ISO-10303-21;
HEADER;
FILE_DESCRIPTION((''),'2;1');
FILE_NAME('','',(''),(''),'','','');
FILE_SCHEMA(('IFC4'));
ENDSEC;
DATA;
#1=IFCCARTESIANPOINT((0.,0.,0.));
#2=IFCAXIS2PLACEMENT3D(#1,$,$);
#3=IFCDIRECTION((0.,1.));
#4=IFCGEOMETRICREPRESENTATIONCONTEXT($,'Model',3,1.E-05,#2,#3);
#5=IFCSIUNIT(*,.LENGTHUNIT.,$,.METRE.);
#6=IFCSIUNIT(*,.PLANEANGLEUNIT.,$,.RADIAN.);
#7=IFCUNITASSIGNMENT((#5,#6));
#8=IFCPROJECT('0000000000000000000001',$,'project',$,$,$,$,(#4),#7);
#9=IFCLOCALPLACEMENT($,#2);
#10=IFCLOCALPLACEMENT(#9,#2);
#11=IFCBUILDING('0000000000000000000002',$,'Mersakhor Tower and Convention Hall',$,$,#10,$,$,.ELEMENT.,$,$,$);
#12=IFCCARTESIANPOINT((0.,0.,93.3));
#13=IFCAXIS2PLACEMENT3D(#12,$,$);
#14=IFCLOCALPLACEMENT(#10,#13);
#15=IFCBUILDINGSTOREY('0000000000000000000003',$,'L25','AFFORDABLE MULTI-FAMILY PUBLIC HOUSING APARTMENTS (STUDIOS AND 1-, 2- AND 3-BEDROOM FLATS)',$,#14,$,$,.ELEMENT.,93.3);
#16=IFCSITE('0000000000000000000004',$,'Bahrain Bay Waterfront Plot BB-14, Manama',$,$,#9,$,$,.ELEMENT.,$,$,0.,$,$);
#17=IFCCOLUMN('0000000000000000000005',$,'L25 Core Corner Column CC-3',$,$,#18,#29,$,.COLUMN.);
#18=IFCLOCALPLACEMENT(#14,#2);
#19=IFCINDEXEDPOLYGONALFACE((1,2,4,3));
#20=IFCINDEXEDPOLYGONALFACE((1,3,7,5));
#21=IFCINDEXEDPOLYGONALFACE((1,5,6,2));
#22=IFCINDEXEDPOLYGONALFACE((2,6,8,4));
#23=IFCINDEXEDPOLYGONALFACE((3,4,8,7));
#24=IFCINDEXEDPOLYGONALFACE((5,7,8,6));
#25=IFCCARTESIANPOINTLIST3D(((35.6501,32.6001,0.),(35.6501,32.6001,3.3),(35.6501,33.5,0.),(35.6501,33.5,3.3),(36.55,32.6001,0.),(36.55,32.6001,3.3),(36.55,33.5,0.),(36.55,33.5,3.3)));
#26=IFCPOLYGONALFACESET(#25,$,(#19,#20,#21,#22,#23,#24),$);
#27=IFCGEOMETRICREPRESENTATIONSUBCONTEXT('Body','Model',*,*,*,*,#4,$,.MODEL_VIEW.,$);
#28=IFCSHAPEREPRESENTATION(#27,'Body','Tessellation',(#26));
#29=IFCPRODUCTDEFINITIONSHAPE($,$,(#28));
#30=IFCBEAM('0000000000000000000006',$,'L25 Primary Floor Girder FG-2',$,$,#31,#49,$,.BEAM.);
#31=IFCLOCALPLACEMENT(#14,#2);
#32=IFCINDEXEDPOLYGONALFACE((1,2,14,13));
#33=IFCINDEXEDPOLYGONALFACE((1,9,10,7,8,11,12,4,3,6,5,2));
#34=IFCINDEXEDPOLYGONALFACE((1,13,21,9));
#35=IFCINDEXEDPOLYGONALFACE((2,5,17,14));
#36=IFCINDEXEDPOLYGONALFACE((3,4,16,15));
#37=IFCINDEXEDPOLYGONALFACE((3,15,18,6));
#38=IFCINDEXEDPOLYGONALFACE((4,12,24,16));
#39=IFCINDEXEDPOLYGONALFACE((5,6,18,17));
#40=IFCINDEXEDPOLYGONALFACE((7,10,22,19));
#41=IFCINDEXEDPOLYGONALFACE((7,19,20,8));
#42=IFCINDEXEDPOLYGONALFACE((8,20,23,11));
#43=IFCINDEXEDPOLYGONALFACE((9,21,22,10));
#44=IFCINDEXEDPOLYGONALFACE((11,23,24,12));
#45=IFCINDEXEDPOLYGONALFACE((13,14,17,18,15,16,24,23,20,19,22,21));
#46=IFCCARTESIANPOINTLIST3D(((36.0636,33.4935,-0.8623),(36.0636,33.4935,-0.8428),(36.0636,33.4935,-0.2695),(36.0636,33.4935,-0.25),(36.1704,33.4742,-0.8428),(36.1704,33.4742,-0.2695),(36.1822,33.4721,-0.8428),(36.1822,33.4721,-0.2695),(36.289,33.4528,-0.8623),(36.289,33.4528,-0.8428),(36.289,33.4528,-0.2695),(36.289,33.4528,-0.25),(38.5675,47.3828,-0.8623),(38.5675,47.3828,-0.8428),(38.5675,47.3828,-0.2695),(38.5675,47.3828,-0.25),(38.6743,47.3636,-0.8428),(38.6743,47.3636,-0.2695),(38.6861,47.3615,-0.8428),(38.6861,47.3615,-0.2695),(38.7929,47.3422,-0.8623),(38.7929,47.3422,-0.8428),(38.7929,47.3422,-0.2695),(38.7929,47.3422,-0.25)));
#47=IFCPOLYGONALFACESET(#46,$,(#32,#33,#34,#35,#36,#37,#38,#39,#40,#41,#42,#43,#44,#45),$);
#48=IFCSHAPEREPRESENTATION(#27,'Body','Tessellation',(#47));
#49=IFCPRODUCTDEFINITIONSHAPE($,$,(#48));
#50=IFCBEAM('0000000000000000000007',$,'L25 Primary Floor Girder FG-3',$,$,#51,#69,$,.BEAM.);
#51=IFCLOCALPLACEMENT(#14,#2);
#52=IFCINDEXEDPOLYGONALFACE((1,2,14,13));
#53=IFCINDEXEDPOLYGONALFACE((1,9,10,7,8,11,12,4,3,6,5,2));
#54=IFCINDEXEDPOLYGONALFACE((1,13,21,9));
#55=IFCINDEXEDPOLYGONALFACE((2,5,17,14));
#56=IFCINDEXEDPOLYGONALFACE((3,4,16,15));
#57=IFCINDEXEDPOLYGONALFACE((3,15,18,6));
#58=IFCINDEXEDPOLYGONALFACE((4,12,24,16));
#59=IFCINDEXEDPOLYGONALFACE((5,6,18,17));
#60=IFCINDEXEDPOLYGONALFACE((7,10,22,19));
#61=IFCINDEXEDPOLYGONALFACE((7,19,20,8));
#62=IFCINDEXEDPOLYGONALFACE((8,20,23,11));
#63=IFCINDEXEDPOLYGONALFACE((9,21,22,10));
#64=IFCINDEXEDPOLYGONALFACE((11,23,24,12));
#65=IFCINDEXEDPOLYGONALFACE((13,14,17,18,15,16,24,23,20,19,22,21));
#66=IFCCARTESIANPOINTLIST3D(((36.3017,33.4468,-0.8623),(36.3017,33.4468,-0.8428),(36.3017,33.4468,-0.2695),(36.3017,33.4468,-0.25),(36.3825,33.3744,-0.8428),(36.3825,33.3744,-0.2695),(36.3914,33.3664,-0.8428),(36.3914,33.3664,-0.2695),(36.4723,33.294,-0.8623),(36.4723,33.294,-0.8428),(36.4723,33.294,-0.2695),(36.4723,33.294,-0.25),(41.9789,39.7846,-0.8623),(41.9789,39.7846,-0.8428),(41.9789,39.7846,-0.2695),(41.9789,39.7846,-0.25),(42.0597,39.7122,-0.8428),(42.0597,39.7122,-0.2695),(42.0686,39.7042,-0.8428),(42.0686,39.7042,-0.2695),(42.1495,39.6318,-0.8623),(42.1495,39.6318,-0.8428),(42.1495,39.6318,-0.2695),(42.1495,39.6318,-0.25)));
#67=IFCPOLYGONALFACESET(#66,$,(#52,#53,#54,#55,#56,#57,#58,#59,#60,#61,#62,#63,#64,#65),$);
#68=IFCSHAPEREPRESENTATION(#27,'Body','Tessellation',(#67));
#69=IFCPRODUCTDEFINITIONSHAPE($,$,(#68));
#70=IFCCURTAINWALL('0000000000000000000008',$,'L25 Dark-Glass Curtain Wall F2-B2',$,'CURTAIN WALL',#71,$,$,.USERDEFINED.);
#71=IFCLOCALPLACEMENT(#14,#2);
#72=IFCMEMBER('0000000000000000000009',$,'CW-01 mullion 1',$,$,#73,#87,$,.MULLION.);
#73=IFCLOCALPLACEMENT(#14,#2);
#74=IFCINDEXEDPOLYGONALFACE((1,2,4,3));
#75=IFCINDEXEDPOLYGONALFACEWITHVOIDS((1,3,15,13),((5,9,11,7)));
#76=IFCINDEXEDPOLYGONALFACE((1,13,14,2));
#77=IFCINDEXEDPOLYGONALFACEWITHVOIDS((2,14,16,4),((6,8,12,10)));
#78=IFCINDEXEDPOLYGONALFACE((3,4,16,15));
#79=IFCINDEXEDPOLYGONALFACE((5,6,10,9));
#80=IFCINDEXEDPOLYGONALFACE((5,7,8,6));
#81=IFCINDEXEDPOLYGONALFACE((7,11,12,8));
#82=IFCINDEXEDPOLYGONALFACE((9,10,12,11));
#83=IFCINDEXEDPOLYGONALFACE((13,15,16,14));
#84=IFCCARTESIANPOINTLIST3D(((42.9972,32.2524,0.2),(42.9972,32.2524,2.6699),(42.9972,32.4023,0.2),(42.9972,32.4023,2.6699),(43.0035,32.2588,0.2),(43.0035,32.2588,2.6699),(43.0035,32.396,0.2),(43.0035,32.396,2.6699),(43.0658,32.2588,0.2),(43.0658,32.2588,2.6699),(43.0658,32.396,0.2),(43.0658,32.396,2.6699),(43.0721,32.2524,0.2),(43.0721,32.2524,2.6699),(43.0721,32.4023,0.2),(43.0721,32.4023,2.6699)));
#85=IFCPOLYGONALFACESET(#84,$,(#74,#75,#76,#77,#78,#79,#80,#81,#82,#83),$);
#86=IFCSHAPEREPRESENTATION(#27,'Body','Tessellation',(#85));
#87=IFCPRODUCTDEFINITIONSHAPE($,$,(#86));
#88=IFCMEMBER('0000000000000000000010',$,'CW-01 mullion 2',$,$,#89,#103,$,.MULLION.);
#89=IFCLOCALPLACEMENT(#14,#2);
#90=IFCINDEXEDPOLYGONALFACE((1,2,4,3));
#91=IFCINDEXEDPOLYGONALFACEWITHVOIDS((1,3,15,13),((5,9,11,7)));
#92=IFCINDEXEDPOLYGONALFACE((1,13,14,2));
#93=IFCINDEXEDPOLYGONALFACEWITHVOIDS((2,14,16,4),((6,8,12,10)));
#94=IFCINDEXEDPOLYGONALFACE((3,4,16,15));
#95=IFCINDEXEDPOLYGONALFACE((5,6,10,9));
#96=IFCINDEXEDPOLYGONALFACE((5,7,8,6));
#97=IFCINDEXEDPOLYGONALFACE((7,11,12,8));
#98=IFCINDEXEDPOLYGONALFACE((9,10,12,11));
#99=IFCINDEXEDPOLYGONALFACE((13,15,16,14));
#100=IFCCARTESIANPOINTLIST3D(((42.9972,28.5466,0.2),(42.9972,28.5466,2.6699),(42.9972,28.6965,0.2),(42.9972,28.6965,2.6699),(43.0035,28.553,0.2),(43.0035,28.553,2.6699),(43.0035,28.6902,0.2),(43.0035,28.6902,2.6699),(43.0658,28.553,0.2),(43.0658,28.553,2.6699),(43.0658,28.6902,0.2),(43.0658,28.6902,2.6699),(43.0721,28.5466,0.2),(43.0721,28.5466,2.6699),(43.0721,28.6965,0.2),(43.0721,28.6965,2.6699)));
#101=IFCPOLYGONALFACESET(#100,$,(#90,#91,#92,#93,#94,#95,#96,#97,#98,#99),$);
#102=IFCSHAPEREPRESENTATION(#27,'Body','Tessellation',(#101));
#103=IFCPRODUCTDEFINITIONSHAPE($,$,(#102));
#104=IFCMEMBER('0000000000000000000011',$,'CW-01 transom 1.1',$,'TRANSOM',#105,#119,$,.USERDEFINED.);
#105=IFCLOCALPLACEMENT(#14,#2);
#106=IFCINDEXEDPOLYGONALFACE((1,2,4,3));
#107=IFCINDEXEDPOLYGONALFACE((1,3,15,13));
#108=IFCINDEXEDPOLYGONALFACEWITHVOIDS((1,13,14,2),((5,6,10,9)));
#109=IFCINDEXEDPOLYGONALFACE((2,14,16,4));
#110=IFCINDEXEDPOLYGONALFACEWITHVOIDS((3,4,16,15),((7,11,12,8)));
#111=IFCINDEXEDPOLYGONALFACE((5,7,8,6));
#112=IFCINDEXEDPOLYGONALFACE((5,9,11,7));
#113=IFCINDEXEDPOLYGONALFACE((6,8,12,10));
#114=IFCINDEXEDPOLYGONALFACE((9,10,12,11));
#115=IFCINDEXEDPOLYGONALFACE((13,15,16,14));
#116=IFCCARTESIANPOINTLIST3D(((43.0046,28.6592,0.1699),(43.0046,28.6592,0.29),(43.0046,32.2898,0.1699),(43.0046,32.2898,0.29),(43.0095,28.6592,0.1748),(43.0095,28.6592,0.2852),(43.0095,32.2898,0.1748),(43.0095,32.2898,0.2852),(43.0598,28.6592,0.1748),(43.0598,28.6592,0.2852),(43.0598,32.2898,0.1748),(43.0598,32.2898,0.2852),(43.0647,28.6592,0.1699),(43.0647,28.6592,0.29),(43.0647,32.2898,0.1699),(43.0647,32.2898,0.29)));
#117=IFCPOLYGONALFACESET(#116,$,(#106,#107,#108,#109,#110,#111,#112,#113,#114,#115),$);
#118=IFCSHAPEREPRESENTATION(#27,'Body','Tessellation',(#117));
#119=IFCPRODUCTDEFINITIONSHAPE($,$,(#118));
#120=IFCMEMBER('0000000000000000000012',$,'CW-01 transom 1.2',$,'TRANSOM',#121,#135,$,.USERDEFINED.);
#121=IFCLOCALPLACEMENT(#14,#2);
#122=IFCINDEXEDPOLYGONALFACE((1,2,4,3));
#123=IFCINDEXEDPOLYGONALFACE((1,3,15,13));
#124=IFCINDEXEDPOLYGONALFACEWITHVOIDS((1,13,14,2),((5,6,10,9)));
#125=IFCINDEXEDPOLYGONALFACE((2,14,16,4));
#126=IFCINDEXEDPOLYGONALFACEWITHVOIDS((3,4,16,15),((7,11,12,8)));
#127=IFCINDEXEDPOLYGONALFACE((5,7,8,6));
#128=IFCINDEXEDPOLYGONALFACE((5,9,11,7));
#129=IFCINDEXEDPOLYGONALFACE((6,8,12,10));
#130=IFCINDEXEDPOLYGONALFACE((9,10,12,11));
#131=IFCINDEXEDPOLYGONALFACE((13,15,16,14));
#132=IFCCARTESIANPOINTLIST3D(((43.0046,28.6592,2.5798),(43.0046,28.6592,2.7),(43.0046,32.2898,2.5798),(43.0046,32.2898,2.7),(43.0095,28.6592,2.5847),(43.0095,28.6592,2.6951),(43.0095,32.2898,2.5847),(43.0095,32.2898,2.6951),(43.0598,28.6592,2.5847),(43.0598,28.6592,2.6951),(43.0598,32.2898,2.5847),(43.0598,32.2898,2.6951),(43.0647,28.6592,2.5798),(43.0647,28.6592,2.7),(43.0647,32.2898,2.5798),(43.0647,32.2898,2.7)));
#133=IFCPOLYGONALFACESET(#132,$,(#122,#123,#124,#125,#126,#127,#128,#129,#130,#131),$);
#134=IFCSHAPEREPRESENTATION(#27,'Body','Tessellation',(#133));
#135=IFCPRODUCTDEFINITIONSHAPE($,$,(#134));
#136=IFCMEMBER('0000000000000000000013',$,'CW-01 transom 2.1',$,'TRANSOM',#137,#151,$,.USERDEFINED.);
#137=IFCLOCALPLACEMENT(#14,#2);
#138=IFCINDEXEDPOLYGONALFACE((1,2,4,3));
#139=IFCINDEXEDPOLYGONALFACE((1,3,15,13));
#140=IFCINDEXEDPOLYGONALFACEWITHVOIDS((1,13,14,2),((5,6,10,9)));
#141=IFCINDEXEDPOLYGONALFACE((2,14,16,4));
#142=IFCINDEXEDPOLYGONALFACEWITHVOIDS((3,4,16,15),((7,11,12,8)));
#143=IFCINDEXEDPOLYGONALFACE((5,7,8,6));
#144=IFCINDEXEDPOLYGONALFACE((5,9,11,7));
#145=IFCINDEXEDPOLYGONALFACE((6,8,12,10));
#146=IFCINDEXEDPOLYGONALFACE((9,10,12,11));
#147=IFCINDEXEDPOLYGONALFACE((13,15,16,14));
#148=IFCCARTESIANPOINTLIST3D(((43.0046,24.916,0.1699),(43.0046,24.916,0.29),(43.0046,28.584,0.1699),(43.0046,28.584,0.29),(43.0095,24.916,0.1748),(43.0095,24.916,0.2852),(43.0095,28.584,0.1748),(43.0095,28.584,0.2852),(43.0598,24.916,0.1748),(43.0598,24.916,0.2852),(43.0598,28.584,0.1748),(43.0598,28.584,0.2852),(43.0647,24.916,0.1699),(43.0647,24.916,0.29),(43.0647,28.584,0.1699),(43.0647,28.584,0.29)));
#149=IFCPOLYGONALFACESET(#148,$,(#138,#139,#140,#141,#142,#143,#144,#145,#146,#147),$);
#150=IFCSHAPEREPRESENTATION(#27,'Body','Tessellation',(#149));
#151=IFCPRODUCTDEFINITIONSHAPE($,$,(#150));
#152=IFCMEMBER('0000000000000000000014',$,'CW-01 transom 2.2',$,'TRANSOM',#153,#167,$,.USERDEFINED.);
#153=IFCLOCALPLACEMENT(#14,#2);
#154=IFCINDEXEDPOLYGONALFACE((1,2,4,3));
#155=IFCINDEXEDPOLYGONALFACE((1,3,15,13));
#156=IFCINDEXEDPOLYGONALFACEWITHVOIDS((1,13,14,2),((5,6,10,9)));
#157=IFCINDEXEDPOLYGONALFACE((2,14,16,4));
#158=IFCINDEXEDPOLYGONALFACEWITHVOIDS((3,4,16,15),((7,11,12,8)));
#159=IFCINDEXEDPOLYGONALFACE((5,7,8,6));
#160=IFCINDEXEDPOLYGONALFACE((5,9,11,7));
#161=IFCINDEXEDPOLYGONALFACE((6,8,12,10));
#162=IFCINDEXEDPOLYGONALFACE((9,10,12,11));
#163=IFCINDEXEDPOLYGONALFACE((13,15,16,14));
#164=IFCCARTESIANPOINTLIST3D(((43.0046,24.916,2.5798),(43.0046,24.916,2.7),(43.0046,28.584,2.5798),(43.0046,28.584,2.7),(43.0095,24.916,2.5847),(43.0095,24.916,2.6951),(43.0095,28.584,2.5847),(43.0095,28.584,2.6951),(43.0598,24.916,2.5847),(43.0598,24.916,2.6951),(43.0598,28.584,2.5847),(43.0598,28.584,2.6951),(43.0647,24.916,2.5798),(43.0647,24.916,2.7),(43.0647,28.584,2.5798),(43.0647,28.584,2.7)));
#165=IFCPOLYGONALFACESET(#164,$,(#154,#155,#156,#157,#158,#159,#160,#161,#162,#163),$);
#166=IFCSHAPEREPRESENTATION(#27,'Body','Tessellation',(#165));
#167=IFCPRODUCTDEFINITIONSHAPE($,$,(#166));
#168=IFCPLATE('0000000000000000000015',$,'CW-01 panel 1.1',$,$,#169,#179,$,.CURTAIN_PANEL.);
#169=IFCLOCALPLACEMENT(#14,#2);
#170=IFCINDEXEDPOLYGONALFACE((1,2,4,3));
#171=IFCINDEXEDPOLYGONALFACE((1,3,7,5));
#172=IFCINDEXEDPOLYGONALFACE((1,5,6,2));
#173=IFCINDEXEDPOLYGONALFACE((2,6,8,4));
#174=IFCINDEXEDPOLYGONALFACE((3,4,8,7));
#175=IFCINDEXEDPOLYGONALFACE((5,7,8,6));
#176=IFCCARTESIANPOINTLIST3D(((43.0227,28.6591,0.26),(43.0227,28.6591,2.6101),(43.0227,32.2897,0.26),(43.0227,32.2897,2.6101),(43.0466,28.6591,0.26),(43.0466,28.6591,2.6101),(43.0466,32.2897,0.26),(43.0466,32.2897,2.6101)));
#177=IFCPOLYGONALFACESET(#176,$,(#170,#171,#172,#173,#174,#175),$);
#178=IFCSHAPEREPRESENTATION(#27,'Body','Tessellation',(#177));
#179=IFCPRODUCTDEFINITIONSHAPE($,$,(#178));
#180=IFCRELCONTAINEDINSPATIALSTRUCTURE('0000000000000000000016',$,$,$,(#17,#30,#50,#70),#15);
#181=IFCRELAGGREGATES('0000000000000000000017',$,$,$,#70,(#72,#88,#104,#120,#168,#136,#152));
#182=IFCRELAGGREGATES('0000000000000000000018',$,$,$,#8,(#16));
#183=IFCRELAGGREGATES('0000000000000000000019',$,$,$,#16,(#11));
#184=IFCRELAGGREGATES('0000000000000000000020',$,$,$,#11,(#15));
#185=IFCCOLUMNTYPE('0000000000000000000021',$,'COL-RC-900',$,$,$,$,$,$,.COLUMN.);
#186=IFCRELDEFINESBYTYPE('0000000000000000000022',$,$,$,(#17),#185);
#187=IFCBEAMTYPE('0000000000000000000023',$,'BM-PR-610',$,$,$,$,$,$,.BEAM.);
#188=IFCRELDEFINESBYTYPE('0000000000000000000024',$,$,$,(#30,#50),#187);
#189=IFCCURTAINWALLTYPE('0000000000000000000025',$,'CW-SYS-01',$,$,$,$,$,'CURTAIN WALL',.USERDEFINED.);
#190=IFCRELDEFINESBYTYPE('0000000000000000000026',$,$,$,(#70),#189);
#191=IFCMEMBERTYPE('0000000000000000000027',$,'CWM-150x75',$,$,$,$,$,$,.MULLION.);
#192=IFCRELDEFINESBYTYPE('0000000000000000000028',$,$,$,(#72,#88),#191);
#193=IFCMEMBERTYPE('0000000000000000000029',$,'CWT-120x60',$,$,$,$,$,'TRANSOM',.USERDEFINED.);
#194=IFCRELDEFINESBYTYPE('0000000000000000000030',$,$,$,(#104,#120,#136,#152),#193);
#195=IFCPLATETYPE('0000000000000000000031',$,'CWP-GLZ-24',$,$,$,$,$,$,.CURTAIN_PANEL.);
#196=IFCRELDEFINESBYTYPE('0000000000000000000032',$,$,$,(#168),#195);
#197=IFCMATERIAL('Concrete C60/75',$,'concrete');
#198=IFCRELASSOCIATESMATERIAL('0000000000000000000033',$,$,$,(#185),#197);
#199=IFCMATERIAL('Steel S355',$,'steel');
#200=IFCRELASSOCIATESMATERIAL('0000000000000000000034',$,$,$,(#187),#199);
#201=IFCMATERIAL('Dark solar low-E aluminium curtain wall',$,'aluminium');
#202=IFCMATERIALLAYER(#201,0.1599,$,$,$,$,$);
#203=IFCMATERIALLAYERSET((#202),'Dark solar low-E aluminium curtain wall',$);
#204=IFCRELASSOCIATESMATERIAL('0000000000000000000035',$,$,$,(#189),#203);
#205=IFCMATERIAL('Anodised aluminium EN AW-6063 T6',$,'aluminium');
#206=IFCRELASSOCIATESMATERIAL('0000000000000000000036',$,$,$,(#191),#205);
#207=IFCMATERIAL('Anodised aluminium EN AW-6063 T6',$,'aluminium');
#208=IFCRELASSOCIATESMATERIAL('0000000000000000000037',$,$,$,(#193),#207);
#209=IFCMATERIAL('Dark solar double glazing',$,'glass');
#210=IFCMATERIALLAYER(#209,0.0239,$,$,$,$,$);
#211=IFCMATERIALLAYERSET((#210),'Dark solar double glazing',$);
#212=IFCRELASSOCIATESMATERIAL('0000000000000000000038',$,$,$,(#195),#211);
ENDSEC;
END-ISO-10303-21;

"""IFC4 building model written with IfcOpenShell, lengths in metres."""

from ifc_helpers import new_model, si_unit, direction, frame, origin, origin_2d, place, context, subcontext, project, spatial, rectangle, hollow_rectangle, i_section, extrude, material, layer, layer_set, material_profile, profile_set, type_object, element, aggregate, save


model = new_model("IFC4")

# Units and contexts
model_context = context("Model", 3, precision=1e-05, world=origin(), true_north=direction((0.0, 1.0)))
body_context = subcontext(model_context, "Body", "Model", "MODEL_VIEW")
ifc_project = project(units=[si_unit("LENGTHUNIT", "METRE"), si_unit("PLANEANGLEUNIT", "RADIAN")], contexts=[model_context])

# Site, building, storey
site_placement = place(None, origin())
site = spatial("IfcSite", under=ifc_project, at=site_placement, Name="Bahrain Bay Waterfront Plot BB-14, Manama", CompositionType="ELEMENT", RefElevation=0.0)
building_placement = place(site_placement, origin())
building = spatial("IfcBuilding", under=site, at=building_placement, Name="Mersakhor Tower and Convention Hall", CompositionType="ELEMENT")
storey_placement = place(building_placement, frame((0.0, 0.0, 93.3)))
storey = spatial("IfcBuildingStorey", under=building, at=storey_placement, Name="L25", Description="AFFORDABLE MULTI-FAMILY PUBLIC HOUSING APARTMENTS (STUDIOS AND 1-, 2- AND 3-BEDROOM FLATS)", CompositionType="ELEMENT", Elevation=93.3)

# Column
ifc_material_1 = material(Name="Concrete C60/75", Category="concrete")
ifc_material_profile_1 = material_profile(ifc_material_1, rectangle(XDim=0.8999, YDim=0.8999, at=origin_2d()), Name="RC 900x900")
ifc_profile_set_1 = profile_set([ifc_material_profile_1], Name="Concrete C60/75")
column_type = type_object("IfcColumnType", Name="COL-RC-900", PredefinedType="COLUMN", material=ifc_profile_set_1)
column_placement = place(storey_placement, frame((36.1001, 33.05, 0.0), z_axis=(0.0, 0.0, 1.0), x_axis=(1.0, 0.0, 0.0)))
element("IfcColumn", 1, at=column_placement, inside=storey, type_object=column_type, Name="L25 Core Corner Column CC-3", PredefinedType="COLUMN", context=body_context, shape_type="SweptSolid", body=[
    extrude(rectangle(XDim=0.8999, YDim=0.8999, at=origin_2d()), origin(), (0.0, 0.0, 1.0), 3.3),
])

# Beams
ifc_material_2 = material(Name="Steel S355", Category="steel")
ifc_material_profile_2 = material_profile(ifc_material_2, i_section(OverallWidth=0.229, OverallDepth=0.6123, WebThickness=0.012, FlangeThickness=0.0195, at=origin_2d()), Name="UB 610x229x125")
ifc_profile_set_2 = profile_set([ifc_material_profile_2], Name="Steel S355")
beam_type = type_object("IfcBeamType", Name="BM-PR-610", PredefinedType="BEAM", material=ifc_profile_set_2)
beam_1_placement = place(storey_placement, frame((36.1763, 33.4731, -0.5562), z_axis=(0.177415, 0.984136, 0.0), x_axis=(-0.984136, 0.177415, 0.0)))
element("IfcBeam", 2, at=beam_1_placement, inside=storey, type_object=beam_type, Name="L25 Primary Floor Girder FG-2", PredefinedType="BEAM", context=body_context, shape_type="SweptSolid", body=[
    extrude(i_section(OverallWidth=0.229, OverallDepth=0.6123, WebThickness=0.012, FlangeThickness=0.0195, at=origin_2d()), origin(), (0.0, 0.0, 1.0), 14.1133),
])
beam_2_placement = place(storey_placement, frame((36.387, 33.3704, -0.5562), z_axis=(0.667219, 0.744861, 0.0), x_axis=(-0.744861, 0.667219, 0.0)))
element("IfcBeam", 3, at=beam_2_placement, inside=storey, type_object=beam_type, Name="L25 Primary Floor Girder FG-3", PredefinedType="BEAM", context=body_context, shape_type="SweptSolid", body=[
    extrude(i_section(OverallWidth=0.229, OverallDepth=0.6123, WebThickness=0.012, FlangeThickness=0.0195, at=origin_2d()), origin(), (0.0, 0.0, 1.0), 8.5088),
])

# Curtain wall, members, plate
ifc_material_3 = material(Name="Dark solar low-E aluminium curtain wall", Category="aluminium")
ifc_layer_1 = layer(ifc_material_3, 0.1599)
ifc_layer_set_1 = layer_set([ifc_layer_1], Name="Dark solar low-E aluminium curtain wall")
curtain_wall_type = type_object("IfcCurtainWallType", Name="CW-SYS-01", ElementType="CURTAIN WALL", PredefinedType="USERDEFINED", material=ifc_layer_set_1)
curtain_wall_placement = place(storey_placement, origin())
curtain_wall = element("IfcCurtainWall", 4, at=curtain_wall_placement, inside=storey, type_object=curtain_wall_type, Name="L25 Dark-Glass Curtain Wall F2-B2", ObjectType="CURTAIN WALL", PredefinedType="USERDEFINED")
ifc_material_4 = material(Name="Anodised aluminium EN AW-6063 T6", Category="aluminium")
ifc_material_profile_3 = material_profile(ifc_material_4, hollow_rectangle(XDim=0.075, YDim=0.1499, WallThickness=0.0063, at=origin_2d()), Name="RHS 150x75x6.3")
ifc_profile_set_3 = profile_set([ifc_material_profile_3], Name="Anodised aluminium EN AW-6063 T6")
member_type_1 = type_object("IfcMemberType", Name="CWM-150x75", PredefinedType="MULLION", material=ifc_profile_set_3)
member_1_placement = place(storey_placement, frame((43.0347, 32.3274, 0.2), z_axis=(0.0, 0.0, 1.0), x_axis=(1.0, 0.0, 0.0)))
member_1 = element("IfcMember", 5, at=member_1_placement, type_object=member_type_1, Name="CW-01 mullion 1", PredefinedType="MULLION", context=body_context, shape_type="SweptSolid", body=[
    extrude(hollow_rectangle(XDim=0.075, YDim=0.1499, WallThickness=0.0063, at=origin_2d()), origin(), (0.0, 0.0, 1.0), 2.47),
])
member_2_placement = place(storey_placement, frame((43.0347, 28.6216, 0.2), z_axis=(0.0, 0.0, 1.0), x_axis=(1.0, 0.0, 0.0)))
member_2 = element("IfcMember", 6, at=member_2_placement, type_object=member_type_1, Name="CW-01 mullion 2", PredefinedType="MULLION", context=body_context, shape_type="SweptSolid", body=[
    extrude(hollow_rectangle(XDim=0.075, YDim=0.1499, WallThickness=0.0063, at=origin_2d()), origin(), (0.0, 0.0, 1.0), 2.47),
])
ifc_material_5 = material(Name="Anodised aluminium EN AW-6063 T6", Category="aluminium")
ifc_material_profile_4 = material_profile(ifc_material_5, hollow_rectangle(XDim=0.0601, YDim=0.1201, WallThickness=0.0049, at=origin_2d()), Name="RHS 120x60x5")
ifc_profile_set_4 = profile_set([ifc_material_profile_4], Name="Anodised aluminium EN AW-6063 T6")
member_type_2 = type_object("IfcMemberType", Name="CWT-120x60", ElementType="TRANSOM", PredefinedType="USERDEFINED", material=ifc_profile_set_4)
member_3_placement = place(storey_placement, frame((43.0347, 32.2898, 0.23), z_axis=(0.0, -1.0, 0.0), x_axis=(1.0, 0.0, 0.0)))
member_3 = element("IfcMember", 7, at=member_3_placement, type_object=member_type_2, Name="CW-01 transom 1.1", ObjectType="TRANSOM", PredefinedType="USERDEFINED", context=body_context, shape_type="SweptSolid", body=[
    extrude(hollow_rectangle(XDim=0.0601, YDim=0.1201, WallThickness=0.0049, at=origin_2d()), origin(), (0.0, 0.0, 1.0), 3.6306),
])
member_4_placement = place(storey_placement, frame((43.0347, 32.2898, 2.6399), z_axis=(0.0, -1.0, 0.0), x_axis=(1.0, 0.0, 0.0)))
member_4 = element("IfcMember", 8, at=member_4_placement, type_object=member_type_2, Name="CW-01 transom 1.2", ObjectType="TRANSOM", PredefinedType="USERDEFINED", context=body_context, shape_type="SweptSolid", body=[
    extrude(hollow_rectangle(XDim=0.0601, YDim=0.1201, WallThickness=0.0049, at=origin_2d()), origin(), (0.0, 0.0, 1.0), 3.6306),
])
member_5_placement = place(storey_placement, frame((43.0347, 28.584, 0.23), z_axis=(0.0, -1.0, 0.0), x_axis=(1.0, 0.0, 0.0)))
member_5 = element("IfcMember", 9, at=member_5_placement, type_object=member_type_2, Name="CW-01 transom 2.1", ObjectType="TRANSOM", PredefinedType="USERDEFINED", context=body_context, shape_type="SweptSolid", body=[
    extrude(hollow_rectangle(XDim=0.0601, YDim=0.1201, WallThickness=0.0049, at=origin_2d()), origin(), (0.0, 0.0, 1.0), 3.668),
])
member_6_placement = place(storey_placement, frame((43.0347, 28.584, 2.6399), z_axis=(0.0, -1.0, 0.0), x_axis=(1.0, 0.0, 0.0)))
member_6 = element("IfcMember", 10, at=member_6_placement, type_object=member_type_2, Name="CW-01 transom 2.2", ObjectType="TRANSOM", PredefinedType="USERDEFINED", context=body_context, shape_type="SweptSolid", body=[
    extrude(hollow_rectangle(XDim=0.0601, YDim=0.1201, WallThickness=0.0049, at=origin_2d()), origin(), (0.0, 0.0, 1.0), 3.668),
])
ifc_material_6 = material(Name="Dark solar double glazing", Category="glass")
ifc_layer_2 = layer(ifc_material_6, 0.0239)
ifc_layer_set_2 = layer_set([ifc_layer_2], Name="Dark solar double glazing")
plate_type_1 = type_object("IfcPlateType", Name="CWP-GLZ-24", PredefinedType="CURTAIN_PANEL", material=ifc_layer_set_2)
plate_1_placement = place(storey_placement, frame((43.0347, 30.4744, 0.26), z_axis=(0.0, 0.0, 1.0), x_axis=(0.0, -1.0, 0.0)))
plate_1 = element("IfcPlate", 11, at=plate_1_placement, type_object=plate_type_1, Name="CW-01 panel 1.1", PredefinedType="CURTAIN_PANEL", context=body_context, shape_type="SweptSolid", body=[
    extrude(rectangle(XDim=3.6306, YDim=0.0239, at=origin_2d()), origin(), (0.0, 0.0, 1.0), 2.3501),
])
aggregate(curtain_wall, [member_1, member_2, member_3, member_4, plate_1, member_5, member_6])

save(model, "model.ifc")
